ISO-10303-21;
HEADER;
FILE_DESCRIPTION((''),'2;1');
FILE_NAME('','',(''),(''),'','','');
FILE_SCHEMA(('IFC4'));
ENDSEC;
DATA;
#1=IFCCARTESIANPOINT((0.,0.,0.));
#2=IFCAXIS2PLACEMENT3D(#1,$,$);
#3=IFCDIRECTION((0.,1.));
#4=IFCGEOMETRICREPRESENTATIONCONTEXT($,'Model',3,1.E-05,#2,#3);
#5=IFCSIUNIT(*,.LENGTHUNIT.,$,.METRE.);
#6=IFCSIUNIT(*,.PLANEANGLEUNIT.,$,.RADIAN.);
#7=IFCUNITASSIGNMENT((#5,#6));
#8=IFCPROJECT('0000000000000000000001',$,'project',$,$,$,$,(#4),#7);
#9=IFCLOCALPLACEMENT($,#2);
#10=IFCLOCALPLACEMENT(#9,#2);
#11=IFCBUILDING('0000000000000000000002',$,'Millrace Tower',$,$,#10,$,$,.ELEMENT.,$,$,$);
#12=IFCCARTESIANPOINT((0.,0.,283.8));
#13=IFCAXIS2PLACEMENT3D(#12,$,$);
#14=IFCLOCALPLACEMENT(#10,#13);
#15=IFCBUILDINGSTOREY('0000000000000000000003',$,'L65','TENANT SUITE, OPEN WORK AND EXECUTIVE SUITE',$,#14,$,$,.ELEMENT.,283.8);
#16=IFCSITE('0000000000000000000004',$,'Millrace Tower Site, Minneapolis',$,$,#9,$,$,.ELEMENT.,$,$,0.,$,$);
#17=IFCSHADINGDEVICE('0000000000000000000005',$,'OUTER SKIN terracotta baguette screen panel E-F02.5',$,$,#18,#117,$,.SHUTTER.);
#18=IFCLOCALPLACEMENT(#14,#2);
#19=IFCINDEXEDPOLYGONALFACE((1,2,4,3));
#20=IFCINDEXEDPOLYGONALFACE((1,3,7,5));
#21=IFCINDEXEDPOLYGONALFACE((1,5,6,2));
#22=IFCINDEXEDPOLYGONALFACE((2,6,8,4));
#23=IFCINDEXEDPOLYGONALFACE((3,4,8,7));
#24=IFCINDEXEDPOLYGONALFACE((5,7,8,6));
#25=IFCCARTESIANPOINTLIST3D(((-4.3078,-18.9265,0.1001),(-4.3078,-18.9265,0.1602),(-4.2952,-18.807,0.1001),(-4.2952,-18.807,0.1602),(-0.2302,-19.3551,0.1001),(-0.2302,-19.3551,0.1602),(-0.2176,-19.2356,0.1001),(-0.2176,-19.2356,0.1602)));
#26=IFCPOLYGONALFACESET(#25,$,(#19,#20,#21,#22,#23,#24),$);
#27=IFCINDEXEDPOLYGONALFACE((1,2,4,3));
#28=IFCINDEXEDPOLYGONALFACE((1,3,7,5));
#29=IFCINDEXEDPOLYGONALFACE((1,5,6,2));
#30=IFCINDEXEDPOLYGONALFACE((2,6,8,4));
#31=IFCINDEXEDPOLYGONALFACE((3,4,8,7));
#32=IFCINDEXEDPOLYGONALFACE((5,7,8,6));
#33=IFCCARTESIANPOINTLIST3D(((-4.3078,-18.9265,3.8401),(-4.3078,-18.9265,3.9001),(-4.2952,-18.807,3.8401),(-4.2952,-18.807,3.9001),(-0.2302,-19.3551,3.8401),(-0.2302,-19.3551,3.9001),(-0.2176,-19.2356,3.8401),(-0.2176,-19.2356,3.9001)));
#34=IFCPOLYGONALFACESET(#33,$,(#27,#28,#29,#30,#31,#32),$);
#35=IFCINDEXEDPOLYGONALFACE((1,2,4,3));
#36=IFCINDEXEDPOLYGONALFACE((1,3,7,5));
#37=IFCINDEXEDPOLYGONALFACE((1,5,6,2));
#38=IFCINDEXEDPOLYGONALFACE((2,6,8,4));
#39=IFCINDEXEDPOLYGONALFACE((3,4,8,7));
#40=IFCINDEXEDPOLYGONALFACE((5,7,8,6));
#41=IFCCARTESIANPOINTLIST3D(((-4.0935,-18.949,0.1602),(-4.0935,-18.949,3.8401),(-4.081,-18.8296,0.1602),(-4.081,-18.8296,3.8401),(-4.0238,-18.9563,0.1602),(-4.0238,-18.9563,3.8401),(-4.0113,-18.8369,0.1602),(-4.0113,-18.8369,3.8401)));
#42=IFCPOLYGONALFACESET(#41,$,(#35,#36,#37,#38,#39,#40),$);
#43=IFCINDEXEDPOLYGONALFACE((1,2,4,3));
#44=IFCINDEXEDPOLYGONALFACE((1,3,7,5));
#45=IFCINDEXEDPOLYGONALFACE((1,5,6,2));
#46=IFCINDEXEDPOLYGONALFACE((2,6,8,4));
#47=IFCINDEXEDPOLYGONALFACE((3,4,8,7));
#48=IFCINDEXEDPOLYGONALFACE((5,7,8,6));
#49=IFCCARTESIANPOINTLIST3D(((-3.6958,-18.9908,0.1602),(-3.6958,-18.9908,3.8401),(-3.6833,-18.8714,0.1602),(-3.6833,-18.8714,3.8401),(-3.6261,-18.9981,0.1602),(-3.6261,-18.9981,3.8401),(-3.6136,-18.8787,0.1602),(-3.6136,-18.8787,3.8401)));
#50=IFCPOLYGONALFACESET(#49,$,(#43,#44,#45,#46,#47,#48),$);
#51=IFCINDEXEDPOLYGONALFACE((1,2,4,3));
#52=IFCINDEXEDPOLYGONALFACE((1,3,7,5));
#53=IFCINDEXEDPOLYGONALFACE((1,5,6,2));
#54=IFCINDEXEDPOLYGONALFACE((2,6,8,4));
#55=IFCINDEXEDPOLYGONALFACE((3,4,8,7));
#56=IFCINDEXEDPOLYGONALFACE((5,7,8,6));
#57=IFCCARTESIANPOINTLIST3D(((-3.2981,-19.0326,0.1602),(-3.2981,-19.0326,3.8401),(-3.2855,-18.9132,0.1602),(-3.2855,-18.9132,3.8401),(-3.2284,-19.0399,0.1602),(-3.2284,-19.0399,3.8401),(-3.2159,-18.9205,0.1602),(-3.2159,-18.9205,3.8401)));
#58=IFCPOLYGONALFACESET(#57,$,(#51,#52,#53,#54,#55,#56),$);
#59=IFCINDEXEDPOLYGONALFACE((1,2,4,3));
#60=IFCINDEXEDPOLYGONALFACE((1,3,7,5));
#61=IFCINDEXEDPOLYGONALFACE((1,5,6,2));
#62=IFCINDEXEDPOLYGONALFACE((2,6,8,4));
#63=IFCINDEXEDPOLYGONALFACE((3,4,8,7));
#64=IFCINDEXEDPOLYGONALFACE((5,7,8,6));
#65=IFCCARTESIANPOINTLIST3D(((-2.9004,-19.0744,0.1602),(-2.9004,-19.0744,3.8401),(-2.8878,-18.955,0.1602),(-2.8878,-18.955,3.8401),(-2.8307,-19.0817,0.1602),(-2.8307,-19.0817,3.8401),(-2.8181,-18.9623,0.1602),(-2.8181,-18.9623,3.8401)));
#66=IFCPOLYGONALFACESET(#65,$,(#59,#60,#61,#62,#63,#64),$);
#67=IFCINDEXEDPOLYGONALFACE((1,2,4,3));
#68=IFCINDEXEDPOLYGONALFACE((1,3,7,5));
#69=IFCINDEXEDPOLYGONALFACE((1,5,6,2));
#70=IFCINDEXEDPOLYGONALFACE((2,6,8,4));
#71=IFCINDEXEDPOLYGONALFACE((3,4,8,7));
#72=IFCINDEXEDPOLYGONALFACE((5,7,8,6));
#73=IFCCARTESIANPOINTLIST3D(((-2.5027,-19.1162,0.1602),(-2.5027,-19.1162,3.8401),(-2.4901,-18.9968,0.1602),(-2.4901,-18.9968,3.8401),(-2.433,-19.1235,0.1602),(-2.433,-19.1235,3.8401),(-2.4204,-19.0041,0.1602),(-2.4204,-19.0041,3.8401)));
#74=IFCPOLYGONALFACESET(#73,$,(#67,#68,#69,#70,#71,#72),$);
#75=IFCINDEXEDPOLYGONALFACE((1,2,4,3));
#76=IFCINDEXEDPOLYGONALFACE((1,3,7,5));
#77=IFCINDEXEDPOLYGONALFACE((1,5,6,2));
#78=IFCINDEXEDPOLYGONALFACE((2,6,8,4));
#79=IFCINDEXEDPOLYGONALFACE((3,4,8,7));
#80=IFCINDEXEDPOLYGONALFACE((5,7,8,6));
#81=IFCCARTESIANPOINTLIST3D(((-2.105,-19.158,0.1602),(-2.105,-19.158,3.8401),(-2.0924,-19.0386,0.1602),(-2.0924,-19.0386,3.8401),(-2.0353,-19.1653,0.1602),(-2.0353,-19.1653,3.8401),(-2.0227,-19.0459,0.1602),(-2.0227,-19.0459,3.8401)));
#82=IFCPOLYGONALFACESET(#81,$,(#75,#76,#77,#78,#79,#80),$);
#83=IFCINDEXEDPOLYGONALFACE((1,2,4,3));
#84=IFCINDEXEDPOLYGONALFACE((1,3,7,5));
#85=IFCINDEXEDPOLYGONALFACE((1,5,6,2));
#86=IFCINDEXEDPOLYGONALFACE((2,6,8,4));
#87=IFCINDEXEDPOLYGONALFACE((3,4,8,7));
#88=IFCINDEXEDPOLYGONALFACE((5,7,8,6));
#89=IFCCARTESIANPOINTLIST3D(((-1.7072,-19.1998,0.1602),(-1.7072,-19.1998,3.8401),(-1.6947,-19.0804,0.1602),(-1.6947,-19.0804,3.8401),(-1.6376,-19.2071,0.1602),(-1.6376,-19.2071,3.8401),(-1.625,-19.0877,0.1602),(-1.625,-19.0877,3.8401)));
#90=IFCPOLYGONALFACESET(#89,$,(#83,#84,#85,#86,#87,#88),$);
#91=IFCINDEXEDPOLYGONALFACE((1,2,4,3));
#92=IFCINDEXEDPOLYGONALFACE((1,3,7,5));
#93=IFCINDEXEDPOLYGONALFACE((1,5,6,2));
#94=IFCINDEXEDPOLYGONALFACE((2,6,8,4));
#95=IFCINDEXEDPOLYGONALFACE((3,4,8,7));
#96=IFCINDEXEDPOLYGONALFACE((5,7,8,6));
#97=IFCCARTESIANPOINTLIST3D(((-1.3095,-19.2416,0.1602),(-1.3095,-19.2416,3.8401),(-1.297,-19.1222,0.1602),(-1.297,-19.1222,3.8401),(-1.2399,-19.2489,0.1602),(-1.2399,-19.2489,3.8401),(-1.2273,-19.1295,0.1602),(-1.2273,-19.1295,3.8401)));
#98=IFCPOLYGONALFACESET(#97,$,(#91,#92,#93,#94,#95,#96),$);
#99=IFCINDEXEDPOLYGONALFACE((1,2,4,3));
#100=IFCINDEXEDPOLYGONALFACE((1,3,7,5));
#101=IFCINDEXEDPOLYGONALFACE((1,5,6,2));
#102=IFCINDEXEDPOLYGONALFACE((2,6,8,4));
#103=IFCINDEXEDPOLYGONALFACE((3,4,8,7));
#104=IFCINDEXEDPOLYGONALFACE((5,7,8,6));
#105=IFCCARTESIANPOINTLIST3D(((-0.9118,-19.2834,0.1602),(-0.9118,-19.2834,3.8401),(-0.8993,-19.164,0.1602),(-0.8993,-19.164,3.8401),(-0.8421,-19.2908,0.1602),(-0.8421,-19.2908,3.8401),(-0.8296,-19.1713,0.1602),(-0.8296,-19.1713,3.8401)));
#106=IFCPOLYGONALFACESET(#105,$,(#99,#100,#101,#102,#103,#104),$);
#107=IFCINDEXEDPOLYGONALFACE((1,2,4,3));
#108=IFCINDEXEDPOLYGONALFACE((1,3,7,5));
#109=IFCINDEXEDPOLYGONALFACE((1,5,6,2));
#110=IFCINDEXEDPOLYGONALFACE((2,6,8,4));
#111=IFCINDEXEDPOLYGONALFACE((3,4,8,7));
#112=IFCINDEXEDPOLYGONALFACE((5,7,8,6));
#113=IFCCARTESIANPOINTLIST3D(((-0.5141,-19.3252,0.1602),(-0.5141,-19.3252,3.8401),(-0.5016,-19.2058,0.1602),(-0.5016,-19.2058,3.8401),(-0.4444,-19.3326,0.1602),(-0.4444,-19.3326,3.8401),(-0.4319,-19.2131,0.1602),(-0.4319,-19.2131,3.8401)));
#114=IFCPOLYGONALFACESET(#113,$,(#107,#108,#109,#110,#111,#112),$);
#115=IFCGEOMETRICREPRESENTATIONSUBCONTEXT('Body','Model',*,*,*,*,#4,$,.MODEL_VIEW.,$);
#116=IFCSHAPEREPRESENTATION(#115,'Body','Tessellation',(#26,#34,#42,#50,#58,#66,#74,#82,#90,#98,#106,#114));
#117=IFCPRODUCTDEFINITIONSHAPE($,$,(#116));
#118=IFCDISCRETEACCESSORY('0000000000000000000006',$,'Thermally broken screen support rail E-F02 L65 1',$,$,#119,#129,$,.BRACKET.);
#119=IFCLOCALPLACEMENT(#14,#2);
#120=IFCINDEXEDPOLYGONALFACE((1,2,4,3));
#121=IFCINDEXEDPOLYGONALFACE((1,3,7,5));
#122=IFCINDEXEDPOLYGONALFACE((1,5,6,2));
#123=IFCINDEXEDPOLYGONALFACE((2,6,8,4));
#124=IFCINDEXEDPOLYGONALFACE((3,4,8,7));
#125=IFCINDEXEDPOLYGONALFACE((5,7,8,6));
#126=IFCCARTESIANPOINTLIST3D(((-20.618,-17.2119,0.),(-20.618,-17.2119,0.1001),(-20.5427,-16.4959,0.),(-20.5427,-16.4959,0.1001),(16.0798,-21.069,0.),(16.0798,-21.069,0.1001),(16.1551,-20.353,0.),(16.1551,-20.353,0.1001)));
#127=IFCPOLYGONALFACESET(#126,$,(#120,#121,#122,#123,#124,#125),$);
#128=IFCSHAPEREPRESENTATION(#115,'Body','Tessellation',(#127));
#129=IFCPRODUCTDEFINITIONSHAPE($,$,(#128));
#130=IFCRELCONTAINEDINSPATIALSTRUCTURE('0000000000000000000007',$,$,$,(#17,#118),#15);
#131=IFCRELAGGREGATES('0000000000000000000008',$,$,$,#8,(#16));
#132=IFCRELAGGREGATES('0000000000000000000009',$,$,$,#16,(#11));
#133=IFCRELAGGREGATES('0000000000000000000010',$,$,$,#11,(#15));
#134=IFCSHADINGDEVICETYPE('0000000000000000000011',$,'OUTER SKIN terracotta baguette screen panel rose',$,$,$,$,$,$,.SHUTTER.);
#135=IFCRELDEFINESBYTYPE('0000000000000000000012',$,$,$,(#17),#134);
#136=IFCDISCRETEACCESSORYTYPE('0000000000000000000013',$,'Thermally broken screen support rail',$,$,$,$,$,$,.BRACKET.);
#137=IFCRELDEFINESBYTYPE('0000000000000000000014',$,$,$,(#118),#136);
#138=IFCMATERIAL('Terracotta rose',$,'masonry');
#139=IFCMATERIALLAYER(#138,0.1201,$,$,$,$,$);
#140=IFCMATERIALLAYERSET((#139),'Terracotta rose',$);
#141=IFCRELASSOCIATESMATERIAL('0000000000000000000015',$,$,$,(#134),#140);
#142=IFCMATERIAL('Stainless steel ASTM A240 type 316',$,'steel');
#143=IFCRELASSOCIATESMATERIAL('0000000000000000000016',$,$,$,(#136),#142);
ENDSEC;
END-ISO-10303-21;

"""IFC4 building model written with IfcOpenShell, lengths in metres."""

from ifc_helpers import new_model, entity, si_unit, direction, frame, frame_2d, origin, origin_2d, place, context, subcontext, project, spatial, rectangle, extrude, source, transform, mapped, material, layer, layer_set, type_object, element, save


model = new_model("IFC4")

# Units and contexts
model_context = context("Model", 3, precision=1e-05, world=origin(), true_north=direction((0.0, 1.0)))
body_context = subcontext(model_context, "Body", "Model", "MODEL_VIEW")
ifc_project = project(units=[si_unit("LENGTHUNIT", "METRE"), si_unit("PLANEANGLEUNIT", "RADIAN")], contexts=[model_context])

# Site, building, storey
site_placement = place(None, origin())
site = spatial("IfcSite", under=ifc_project, at=site_placement, Name="Millrace Tower Site, Minneapolis", CompositionType="ELEMENT", RefElevation=0.0)
building_placement = place(site_placement, origin())
building = spatial("IfcBuilding", under=site, at=building_placement, Name="Millrace Tower", CompositionType="ELEMENT")
storey_placement = place(building_placement, frame((0.0, 0.0, 283.8)))
storey = spatial("IfcBuildingStorey", under=building, at=storey_placement, Name="L65", Description="TENANT SUITE, OPEN WORK AND EXECUTIVE SUITE", CompositionType="ELEMENT", Elevation=283.8)

# Shading device
ifc_material_1 = material(Name="Terracotta rose", Category="masonry")
ifc_layer_1 = layer(ifc_material_1, 0.1201)
ifc_layer_set_1 = layer_set([ifc_layer_1], Name="Terracotta rose")
shading_device_type = type_object("IfcShadingDeviceType", Name="OUTER SKIN terracotta baguette screen panel rose", PredefinedType="SHUTTER", material=ifc_layer_set_1)
cartesian_point = entity("IfcCartesianPoint", [-2.05, 0.0601])
shared_polyline = entity("IfcPolyline", [cartesian_point, entity("IfcCartesianPoint", [2.05, 0.0601]), entity("IfcCartesianPoint", [2.05, -0.0601]), entity("IfcCartesianPoint", [-2.05, -0.0601]), cartesian_point])
shared_shape = source(origin(), body_context, "Body", "SweptSolid", [
    entity("IfcExtrudedAreaSolid", entity("IfcArbitraryClosedProfileDef", "AREA", None, shared_polyline), entity("IfcAxis2Placement3D", entity("IfcCartesianPoint", [0.0, 0.0, 0.0])), entity("IfcDirection", [0.0, 0.0, 1.0]), 0.0601),
    entity("IfcExtrudedAreaSolid", entity("IfcArbitraryClosedProfileDef", "AREA", None, shared_polyline), entity("IfcAxis2Placement3D", entity("IfcCartesianPoint", [0.0, 0.0, 3.74])), entity("IfcDirection", [0.0, 0.0, 1.0]), 0.0601),
    extrude(rectangle(XDim=0.0701, YDim=0.1201, at=frame_2d((-1.7996, 0.0))), frame((0.0, 0.0, 0.0601)), (0.0, 0.0, 1.0), 3.6799),
    extrude(rectangle(XDim=0.0701, YDim=0.1201, at=frame_2d((-1.3997, 0.0))), frame((0.0, 0.0, 0.0601)), (0.0, 0.0, 1.0), 3.6799),
    extrude(rectangle(XDim=0.0701, YDim=0.1201, at=frame_2d((-0.9998, 0.0))), frame((0.0, 0.0, 0.0601)), (0.0, 0.0, 1.0), 3.6799),
    extrude(rectangle(XDim=0.0701, YDim=0.1201, at=frame_2d((-0.5999, 0.0))), frame((0.0, 0.0, 0.0601)), (0.0, 0.0, 1.0), 3.6799),
    extrude(rectangle(XDim=0.0701, YDim=0.1201, at=frame_2d((-0.2, 0.0))), frame((0.0, 0.0, 0.0601)), (0.0, 0.0, 1.0), 3.6799),
    extrude(rectangle(XDim=0.0701, YDim=0.1201, at=frame_2d((0.2, 0.0))), frame((0.0, 0.0, 0.0601)), (0.0, 0.0, 1.0), 3.6799),
    extrude(rectangle(XDim=0.0701, YDim=0.1201, at=frame_2d((0.5999, 0.0))), frame((0.0, 0.0, 0.0601)), (0.0, 0.0, 1.0), 3.6799),
    extrude(rectangle(XDim=0.0701, YDim=0.1201, at=frame_2d((0.9998, 0.0))), frame((0.0, 0.0, 0.0601)), (0.0, 0.0, 1.0), 3.6799),
    extrude(rectangle(XDim=0.0701, YDim=0.1201, at=frame_2d((1.3997, 0.0))), frame((0.0, 0.0, 0.0601)), (0.0, 0.0, 1.0), 3.6799),
    extrude(rectangle(XDim=0.0701, YDim=0.1201, at=frame_2d((1.7996, 0.0))), frame((0.0, 0.0, 0.0601)), (0.0, 0.0, 1.0), 3.6799),
])
for number, where, z_axis, x_axis, name in (
    (1, (-2.2627, -19.0811, 0.1001), (0.0, 0.0, 1.0), (0.994522, -0.104528, 0.0), "OUTER SKIN terracotta baguette screen panel E-F02.5"),
):
    element("IfcShadingDevice", number, at=place(storey_placement, frame(where, z_axis=z_axis, x_axis=x_axis)), inside=storey, type_object=shading_device_type, Name=name, PredefinedType="SHUTTER", context=body_context, shape_type="MappedRepresentation", body=[
        mapped(shared_shape, transform((0.0, 0.0, 0.0), scale=1.0)),
    ])

# Discrete accessory
ifc_material_2 = material(Name="Stainless steel ASTM A240 type 316", Category="steel")
discrete_accessory_type = type_object("IfcDiscreteAccessoryType", Name="Thermally broken screen support rail", PredefinedType="BRACKET", material=ifc_material_2)
discrete_accessory_placement = place(storey_placement, frame((-2.2314, -18.7825, 0.0), z_axis=(0.0, 0.0, 1.0), x_axis=(0.994522, -0.104528, 0.0)))
element("IfcDiscreteAccessory", 2, at=discrete_accessory_placement, inside=storey, type_object=discrete_accessory_type, Name="Thermally broken screen support rail E-F02 L65 1", PredefinedType="BRACKET", context=body_context, shape_type="SweptSolid", body=[
    extrude(rectangle(XDim=36.8999, YDim=0.72, at=origin_2d()), origin(), (0.0, 0.0, 1.0), 0.1001),
])

save(model, "model.ifc")
